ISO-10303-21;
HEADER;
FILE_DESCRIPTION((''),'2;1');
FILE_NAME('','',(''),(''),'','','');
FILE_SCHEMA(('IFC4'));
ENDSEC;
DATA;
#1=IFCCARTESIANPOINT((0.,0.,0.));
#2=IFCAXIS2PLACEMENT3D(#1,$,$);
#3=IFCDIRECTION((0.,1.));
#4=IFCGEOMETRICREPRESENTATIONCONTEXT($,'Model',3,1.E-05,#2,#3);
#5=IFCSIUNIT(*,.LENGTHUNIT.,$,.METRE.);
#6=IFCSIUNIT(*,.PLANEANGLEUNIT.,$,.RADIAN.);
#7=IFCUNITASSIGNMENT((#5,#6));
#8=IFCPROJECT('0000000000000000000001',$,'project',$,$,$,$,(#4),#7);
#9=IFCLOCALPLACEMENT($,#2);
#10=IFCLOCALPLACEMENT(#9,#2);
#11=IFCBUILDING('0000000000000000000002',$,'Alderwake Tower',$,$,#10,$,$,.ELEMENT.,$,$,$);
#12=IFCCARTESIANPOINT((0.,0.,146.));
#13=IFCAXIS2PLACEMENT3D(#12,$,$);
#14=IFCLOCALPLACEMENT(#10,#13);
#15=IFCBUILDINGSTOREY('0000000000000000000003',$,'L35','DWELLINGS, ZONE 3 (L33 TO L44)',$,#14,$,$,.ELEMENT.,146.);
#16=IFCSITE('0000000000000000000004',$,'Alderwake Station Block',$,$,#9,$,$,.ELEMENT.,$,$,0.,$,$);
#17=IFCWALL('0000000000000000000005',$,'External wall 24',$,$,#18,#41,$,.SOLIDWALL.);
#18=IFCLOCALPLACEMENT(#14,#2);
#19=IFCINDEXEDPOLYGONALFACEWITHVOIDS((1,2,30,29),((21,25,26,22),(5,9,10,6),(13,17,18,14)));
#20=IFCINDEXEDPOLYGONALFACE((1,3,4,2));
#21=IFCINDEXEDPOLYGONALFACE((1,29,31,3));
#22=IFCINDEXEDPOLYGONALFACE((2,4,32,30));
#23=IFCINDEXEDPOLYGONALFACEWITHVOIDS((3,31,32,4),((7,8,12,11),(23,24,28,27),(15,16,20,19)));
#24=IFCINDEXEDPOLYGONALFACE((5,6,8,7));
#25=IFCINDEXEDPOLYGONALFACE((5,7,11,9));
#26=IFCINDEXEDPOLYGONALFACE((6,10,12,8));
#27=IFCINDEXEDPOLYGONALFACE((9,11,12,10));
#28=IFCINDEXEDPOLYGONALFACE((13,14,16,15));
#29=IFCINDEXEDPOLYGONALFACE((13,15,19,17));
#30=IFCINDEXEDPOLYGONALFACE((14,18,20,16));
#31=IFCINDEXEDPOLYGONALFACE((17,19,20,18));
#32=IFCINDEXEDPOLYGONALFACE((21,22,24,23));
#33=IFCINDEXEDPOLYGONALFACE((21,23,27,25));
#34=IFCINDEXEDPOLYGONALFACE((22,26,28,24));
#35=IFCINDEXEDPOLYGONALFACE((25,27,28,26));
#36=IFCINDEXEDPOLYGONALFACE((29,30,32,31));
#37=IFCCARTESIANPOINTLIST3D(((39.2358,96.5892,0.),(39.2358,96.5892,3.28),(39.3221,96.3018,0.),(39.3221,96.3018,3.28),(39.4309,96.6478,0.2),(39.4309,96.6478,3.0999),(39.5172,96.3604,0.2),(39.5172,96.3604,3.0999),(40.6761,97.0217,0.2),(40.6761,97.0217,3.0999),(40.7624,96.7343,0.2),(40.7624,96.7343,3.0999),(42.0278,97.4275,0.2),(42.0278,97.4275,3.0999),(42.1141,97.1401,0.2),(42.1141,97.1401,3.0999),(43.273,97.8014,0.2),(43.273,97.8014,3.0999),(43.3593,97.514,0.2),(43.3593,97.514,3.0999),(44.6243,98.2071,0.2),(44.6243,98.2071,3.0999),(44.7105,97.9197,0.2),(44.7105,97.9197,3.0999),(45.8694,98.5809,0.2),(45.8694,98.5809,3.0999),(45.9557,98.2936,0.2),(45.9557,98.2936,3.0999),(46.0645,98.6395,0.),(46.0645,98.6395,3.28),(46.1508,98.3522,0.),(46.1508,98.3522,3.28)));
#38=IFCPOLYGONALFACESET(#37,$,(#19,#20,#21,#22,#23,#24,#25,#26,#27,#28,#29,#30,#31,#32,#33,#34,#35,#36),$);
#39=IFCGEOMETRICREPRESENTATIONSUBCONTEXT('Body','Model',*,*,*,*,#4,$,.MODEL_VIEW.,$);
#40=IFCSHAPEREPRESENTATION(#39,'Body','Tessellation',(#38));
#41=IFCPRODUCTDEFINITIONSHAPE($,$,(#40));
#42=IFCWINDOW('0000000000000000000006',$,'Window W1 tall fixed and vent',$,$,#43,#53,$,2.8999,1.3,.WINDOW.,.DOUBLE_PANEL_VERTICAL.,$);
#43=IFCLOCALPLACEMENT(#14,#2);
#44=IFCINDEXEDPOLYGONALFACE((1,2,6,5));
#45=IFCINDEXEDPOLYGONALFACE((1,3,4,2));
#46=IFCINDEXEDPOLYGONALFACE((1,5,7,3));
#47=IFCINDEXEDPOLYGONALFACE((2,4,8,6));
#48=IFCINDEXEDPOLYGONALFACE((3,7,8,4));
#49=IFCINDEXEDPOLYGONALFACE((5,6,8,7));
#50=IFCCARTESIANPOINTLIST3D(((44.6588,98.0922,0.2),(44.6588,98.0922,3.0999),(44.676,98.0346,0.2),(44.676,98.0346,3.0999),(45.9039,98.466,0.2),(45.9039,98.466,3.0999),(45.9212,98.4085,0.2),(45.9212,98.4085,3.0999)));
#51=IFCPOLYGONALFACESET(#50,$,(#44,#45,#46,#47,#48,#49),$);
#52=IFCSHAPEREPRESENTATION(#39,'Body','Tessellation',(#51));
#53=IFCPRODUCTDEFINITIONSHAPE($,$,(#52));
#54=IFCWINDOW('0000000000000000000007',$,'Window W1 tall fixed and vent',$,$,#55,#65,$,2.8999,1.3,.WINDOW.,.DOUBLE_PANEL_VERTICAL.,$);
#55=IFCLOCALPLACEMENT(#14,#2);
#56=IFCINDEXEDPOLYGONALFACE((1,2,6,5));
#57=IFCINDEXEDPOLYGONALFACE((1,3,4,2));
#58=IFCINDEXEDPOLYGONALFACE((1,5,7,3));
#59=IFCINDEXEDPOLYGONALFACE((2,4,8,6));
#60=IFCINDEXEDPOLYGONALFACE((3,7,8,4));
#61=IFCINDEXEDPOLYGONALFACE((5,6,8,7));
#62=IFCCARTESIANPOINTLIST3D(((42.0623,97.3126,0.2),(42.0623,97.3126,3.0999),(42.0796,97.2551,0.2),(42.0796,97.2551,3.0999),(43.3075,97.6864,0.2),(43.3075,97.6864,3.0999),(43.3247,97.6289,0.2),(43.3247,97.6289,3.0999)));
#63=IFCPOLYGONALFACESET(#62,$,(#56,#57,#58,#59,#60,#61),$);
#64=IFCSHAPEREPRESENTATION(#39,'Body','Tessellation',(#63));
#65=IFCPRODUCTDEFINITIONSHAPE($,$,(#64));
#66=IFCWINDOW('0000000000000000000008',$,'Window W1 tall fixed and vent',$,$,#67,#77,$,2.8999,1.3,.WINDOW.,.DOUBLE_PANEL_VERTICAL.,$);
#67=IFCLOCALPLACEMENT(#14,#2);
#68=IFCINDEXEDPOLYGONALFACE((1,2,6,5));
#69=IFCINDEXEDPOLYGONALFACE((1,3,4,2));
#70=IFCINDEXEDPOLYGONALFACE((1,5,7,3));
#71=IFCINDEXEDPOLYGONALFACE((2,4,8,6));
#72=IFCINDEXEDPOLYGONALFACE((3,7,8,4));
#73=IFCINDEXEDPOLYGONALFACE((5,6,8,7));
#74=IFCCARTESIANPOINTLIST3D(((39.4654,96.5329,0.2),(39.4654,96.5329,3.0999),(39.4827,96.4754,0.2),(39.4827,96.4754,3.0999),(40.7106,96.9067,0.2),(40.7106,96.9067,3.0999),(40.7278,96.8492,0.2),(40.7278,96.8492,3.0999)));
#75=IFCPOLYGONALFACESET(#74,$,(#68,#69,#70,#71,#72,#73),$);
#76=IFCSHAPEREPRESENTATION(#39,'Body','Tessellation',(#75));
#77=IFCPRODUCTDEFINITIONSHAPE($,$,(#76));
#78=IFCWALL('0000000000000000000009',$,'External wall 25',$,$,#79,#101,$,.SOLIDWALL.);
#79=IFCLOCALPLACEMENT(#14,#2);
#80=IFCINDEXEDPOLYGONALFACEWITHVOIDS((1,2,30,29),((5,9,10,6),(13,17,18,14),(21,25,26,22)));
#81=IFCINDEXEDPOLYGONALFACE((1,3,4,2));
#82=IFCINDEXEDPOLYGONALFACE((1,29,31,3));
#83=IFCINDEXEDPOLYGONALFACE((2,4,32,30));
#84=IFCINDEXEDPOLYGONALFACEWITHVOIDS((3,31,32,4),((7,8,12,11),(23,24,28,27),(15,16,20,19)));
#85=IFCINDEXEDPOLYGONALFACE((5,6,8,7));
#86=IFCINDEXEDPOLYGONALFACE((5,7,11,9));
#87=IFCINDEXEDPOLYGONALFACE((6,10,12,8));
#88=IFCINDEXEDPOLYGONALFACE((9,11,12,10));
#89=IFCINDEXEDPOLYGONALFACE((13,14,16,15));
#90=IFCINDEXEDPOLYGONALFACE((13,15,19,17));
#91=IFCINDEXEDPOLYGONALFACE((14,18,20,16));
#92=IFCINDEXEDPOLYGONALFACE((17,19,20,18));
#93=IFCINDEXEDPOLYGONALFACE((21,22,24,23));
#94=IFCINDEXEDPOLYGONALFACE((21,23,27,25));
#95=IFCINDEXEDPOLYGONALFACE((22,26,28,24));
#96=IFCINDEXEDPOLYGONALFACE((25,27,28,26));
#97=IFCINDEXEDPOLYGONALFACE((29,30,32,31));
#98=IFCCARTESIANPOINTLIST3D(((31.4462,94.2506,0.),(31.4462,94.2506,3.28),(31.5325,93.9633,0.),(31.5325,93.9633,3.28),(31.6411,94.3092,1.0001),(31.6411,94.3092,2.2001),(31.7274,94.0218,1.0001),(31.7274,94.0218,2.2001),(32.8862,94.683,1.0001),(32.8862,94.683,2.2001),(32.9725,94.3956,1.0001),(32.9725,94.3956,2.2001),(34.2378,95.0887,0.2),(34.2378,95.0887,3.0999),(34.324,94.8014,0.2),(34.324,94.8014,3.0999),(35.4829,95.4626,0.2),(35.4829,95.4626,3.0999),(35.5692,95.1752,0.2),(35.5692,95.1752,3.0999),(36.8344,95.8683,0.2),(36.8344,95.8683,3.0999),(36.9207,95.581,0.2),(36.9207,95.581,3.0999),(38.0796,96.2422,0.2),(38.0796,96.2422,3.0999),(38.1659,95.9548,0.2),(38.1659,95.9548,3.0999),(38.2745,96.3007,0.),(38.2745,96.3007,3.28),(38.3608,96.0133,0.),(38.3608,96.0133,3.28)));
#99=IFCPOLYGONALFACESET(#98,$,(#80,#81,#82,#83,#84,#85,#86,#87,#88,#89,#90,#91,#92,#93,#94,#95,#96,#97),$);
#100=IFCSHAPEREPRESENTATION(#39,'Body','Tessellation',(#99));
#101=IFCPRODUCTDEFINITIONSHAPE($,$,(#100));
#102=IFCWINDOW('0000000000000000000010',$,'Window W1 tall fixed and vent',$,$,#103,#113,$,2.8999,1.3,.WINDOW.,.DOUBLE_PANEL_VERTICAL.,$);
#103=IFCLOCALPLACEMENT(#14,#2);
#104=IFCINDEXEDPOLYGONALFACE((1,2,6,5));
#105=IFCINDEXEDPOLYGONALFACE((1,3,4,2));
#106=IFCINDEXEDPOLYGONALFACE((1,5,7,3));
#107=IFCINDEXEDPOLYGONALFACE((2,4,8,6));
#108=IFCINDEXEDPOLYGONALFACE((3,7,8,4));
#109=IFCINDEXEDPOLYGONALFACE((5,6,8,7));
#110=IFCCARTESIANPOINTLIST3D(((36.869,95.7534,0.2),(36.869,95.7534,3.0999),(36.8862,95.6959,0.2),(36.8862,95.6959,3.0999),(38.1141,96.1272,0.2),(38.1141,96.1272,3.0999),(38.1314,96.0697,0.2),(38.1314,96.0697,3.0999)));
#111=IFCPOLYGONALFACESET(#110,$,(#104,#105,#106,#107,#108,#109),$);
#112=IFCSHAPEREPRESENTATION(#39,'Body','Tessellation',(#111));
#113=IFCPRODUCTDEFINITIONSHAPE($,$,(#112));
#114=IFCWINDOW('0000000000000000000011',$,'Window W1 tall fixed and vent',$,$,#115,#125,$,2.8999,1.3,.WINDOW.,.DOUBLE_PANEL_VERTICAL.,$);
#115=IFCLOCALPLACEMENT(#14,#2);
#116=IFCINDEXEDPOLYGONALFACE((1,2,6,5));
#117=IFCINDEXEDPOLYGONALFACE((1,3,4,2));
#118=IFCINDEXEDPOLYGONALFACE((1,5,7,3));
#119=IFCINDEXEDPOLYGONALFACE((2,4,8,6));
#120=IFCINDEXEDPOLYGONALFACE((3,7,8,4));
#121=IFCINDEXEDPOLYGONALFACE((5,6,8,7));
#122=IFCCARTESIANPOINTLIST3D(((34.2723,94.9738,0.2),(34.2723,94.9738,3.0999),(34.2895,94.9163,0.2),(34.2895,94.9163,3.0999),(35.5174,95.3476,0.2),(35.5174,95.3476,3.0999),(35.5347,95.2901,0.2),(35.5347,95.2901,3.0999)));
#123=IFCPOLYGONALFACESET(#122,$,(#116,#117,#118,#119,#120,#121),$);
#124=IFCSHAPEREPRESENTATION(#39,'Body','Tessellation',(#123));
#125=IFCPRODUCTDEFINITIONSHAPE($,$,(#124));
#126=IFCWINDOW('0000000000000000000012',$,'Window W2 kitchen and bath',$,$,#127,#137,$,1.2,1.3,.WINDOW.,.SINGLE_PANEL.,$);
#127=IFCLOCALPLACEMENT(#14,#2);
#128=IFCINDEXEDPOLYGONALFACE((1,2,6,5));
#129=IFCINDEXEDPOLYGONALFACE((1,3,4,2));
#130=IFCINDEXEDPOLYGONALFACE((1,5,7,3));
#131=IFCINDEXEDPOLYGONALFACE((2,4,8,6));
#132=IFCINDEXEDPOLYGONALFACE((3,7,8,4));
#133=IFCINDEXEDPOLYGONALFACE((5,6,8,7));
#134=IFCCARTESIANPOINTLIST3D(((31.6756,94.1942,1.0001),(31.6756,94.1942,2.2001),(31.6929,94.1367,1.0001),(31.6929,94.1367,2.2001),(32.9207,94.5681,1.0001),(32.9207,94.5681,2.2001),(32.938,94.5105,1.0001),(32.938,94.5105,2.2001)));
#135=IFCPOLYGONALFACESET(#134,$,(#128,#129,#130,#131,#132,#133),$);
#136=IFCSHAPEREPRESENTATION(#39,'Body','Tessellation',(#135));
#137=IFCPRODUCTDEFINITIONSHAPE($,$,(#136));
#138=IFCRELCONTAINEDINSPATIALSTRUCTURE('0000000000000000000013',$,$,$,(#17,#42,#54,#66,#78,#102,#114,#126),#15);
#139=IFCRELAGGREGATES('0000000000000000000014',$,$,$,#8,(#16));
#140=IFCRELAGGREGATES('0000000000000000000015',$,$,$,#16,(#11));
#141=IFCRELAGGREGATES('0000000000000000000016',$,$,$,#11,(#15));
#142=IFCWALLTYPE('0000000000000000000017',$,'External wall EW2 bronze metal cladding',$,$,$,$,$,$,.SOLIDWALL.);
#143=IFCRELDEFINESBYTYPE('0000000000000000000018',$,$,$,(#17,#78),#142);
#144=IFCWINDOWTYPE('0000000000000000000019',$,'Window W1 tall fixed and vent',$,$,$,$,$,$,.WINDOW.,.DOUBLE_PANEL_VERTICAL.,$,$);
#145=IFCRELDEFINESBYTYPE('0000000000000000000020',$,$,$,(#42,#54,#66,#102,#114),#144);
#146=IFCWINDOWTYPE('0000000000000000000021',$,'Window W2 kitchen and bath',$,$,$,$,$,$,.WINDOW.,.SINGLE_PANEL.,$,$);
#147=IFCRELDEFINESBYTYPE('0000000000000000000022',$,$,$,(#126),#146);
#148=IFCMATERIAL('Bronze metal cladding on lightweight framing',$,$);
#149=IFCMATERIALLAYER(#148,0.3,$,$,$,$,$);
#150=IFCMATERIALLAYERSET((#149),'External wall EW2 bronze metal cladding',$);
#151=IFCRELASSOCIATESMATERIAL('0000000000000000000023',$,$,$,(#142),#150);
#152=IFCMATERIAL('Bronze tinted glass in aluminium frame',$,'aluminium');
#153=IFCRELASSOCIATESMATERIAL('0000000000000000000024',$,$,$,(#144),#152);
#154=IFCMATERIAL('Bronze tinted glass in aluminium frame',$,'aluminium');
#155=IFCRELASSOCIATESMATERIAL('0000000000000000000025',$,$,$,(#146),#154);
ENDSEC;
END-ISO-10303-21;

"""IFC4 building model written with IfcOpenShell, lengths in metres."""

from ifc_helpers import new_model, si_unit, direction, frame, frame_2d, origin, place, context, subcontext, project, spatial, rectangle, extrude, material, layer, layer_set, type_object, element, fill, save


model = new_model("IFC4")

# Units and contexts
model_context = context("Model", 3, precision=1e-05, world=origin(), true_north=direction((0.0, 1.0)))
body_context = subcontext(model_context, "Body", "Model", "MODEL_VIEW")
ifc_project = project(units=[si_unit("LENGTHUNIT", "METRE"), si_unit("PLANEANGLEUNIT", "RADIAN")], contexts=[model_context])

# Site, building, storey
site_placement = place(None, origin())
site = spatial("IfcSite", under=ifc_project, at=site_placement, Name="Alderwake Station Block", CompositionType="ELEMENT", RefElevation=0.0)
building_placement = place(site_placement, origin())
building = spatial("IfcBuilding", under=site, at=building_placement, Name="Alderwake Tower", CompositionType="ELEMENT")
storey_placement = place(building_placement, frame((0.0, 0.0, 146.0)))
storey = spatial("IfcBuildingStorey", under=building, at=storey_placement, Name="L35", Description="DWELLINGS, ZONE 3 (L33 TO L44)", CompositionType="ELEMENT", Elevation=146.0)

# Walls, openings, windows
ifc_material_1 = material(Name="Bronze metal cladding on lightweight framing")
ifc_layer_1 = layer(ifc_material_1, 0.3)
ifc_layer_set_1 = layer_set([ifc_layer_1], Name="External wall EW2 bronze metal cladding")
wall_type_1 = type_object("IfcWallType", Name="External wall EW2 bronze metal cladding", PredefinedType="SOLIDWALL", material=ifc_layer_set_1)
wall_1_placement = place(storey_placement, frame((46.1077, 98.4958, 0.0), z_axis=(0.0, 0.0, 1.0), x_axis=(-0.95776, -0.287568, 0.0)))
wall_1 = element("IfcWall", 1, at=wall_1_placement, inside=storey, type_object=wall_type_1, Name="External wall 24", PredefinedType="SOLIDWALL", context=body_context, shape_type="SweptSolid", body=[
    extrude(rectangle(XDim=7.1299, YDim=0.3, at=frame_2d((3.5649, 0.0))), origin(), (0.0, 0.0, 1.0), 3.28),
])
opening_1_placement = place(wall_1_placement, frame((0.2039, 0.0, 0.2)))
opening_1 = element("IfcOpeningElement", 2, at=opening_1_placement, cuts=wall_1, PredefinedType="OPENING", context=body_context, shape_type="SweptSolid", body=[
    extrude(rectangle(XDim=1.3, YDim=2.8999, at=frame_2d((0.6499, 1.45))), frame((0.0, 0.1599, 0.0), z_axis=(0.0, -1.0, 0.0), x_axis=(1.0, 0.0, 0.0)), (0.0, 0.0, 1.0), 0.3201),
])
opening_2_placement = place(wall_1_placement, frame((2.9148, 0.0, 0.2)))
opening_2 = element("IfcOpeningElement", 3, at=opening_2_placement, cuts=wall_1, PredefinedType="OPENING", context=body_context, shape_type="SweptSolid", body=[
    extrude(rectangle(XDim=1.3, YDim=2.8999, at=frame_2d((0.6499, 1.45))), frame((0.0, 0.1599, 0.0), z_axis=(0.0, -1.0, 0.0), x_axis=(1.0, 0.0, 0.0)), (0.0, 0.0, 1.0), 0.3201),
])
opening_3_placement = place(wall_1_placement, frame((5.6262, 0.0, 0.2)))
opening_3 = element("IfcOpeningElement", 4, at=opening_3_placement, cuts=wall_1, PredefinedType="OPENING", context=body_context, shape_type="SweptSolid", body=[
    extrude(rectangle(XDim=1.3, YDim=2.8999, at=frame_2d((0.6499, 1.45))), frame((0.0, 0.1599, 0.0), z_axis=(0.0, -1.0, 0.0), x_axis=(1.0, 0.0, 0.0)), (0.0, 0.0, 1.0), 0.3201),
])
ifc_material_2 = material(Name="Bronze tinted glass in aluminium frame", Category="aluminium")
window_type_1 = type_object("IfcWindowType", Name="Window W1 tall fixed and vent", PartitioningType="DOUBLE_PANEL_VERTICAL", PredefinedType="WINDOW", material=ifc_material_2)
window_1_placement = place(opening_1_placement, origin())
window_1 = element("IfcWindow", 5, at=window_1_placement, inside=storey, type_object=window_type_1, Name="Window W1 tall fixed and vent", OverallHeight=2.8999, OverallWidth=1.3, PartitioningType="DOUBLE_PANEL_VERTICAL", PredefinedType="WINDOW", context=body_context, shape_type="SweptSolid", body=[
    extrude(rectangle(XDim=1.3, YDim=2.8999, at=frame_2d((0.6499, 1.45))), frame((0.0, 0.03, 0.0), z_axis=(0.0, -1.0, 0.0), x_axis=(1.0, 0.0, 0.0)), (0.0, 0.0, 1.0), 0.0601),
])
fill(opening_1, window_1)
window_2_placement = place(opening_2_placement, origin())
window_2 = element("IfcWindow", 6, at=window_2_placement, inside=storey, type_object=window_type_1, Name="Window W1 tall fixed and vent", OverallHeight=2.8999, OverallWidth=1.3, PartitioningType="DOUBLE_PANEL_VERTICAL", PredefinedType="WINDOW", context=body_context, shape_type="SweptSolid", body=[
    extrude(rectangle(XDim=1.3, YDim=2.8999, at=frame_2d((0.6499, 1.45))), frame((0.0, 0.03, 0.0), z_axis=(0.0, -1.0, 0.0), x_axis=(1.0, 0.0, 0.0)), (0.0, 0.0, 1.0), 0.0601),
])
fill(opening_2, window_2)
window_3_placement = place(opening_3_placement, origin())
window_3 = element("IfcWindow", 7, at=window_3_placement, inside=storey, type_object=window_type_1, Name="Window W1 tall fixed and vent", OverallHeight=2.8999, OverallWidth=1.3, PartitioningType="DOUBLE_PANEL_VERTICAL", PredefinedType="WINDOW", context=body_context, shape_type="SweptSolid", body=[
    extrude(rectangle(XDim=1.3, YDim=2.8999, at=frame_2d((0.6499, 1.45))), frame((0.0, 0.03, 0.0), z_axis=(0.0, -1.0, 0.0), x_axis=(1.0, 0.0, 0.0)), (0.0, 0.0, 1.0), 0.0601),
])
fill(opening_3, window_3)
wall_2_placement = place(storey_placement, frame((38.3176, 96.157, 0.0), z_axis=(0.0, 0.0, 1.0), x_axis=(-0.957767, -0.287546, 0.0)))
wall_2 = element("IfcWall", 8, at=wall_2_placement, inside=storey, type_object=wall_type_1, Name="External wall 25", PredefinedType="SOLIDWALL", context=body_context, shape_type="SweptSolid", body=[
    extrude(rectangle(XDim=7.1294, YDim=0.3, at=frame_2d((3.5647, 0.0))), origin(), (0.0, 0.0, 1.0), 3.28),
])
opening_4_placement = place(wall_2_placement, frame((0.2036, 0.0, 0.2)))
opening_4 = element("IfcOpeningElement", 9, at=opening_4_placement, cuts=wall_2, PredefinedType="OPENING", context=body_context, shape_type="SweptSolid", body=[
    extrude(rectangle(XDim=1.3, YDim=2.8999, at=frame_2d((0.6499, 1.45))), frame((0.0, 0.1599, 0.0), z_axis=(0.0, -1.0, 0.0), x_axis=(1.0, 0.0, 0.0)), (0.0, 0.0, 1.0), 0.3201),
])
opening_5_placement = place(wall_2_placement, frame((2.9148, 0.0, 0.2)))
opening_5 = element("IfcOpeningElement", 10, at=opening_5_placement, cuts=wall_2, PredefinedType="OPENING", context=body_context, shape_type="SweptSolid", body=[
    extrude(rectangle(XDim=1.3, YDim=2.8999, at=frame_2d((0.6499, 1.45))), frame((0.0, 0.1599, 0.0), z_axis=(0.0, -1.0, 0.0), x_axis=(1.0, 0.0, 0.0)), (0.0, 0.0, 1.0), 0.3201),
])
opening_6_placement = place(wall_2_placement, frame((5.626, 0.0, 1.0)))
opening_6 = element("IfcOpeningElement", 11, at=opening_6_placement, cuts=wall_2, PredefinedType="OPENING", context=body_context, shape_type="SweptSolid", body=[
    extrude(rectangle(XDim=1.3, YDim=1.2, at=frame_2d((0.6499, 0.6001))), frame((0.0, 0.1599, 0.0), z_axis=(0.0, -1.0, 0.0), x_axis=(1.0, 0.0, 0.0)), (0.0, 0.0, 1.0), 0.3201),
])
window_4_placement = place(opening_4_placement, origin())
window_4 = element("IfcWindow", 12, at=window_4_placement, inside=storey, type_object=window_type_1, Name="Window W1 tall fixed and vent", OverallHeight=2.8999, OverallWidth=1.3, PartitioningType="DOUBLE_PANEL_VERTICAL", PredefinedType="WINDOW", context=body_context, shape_type="SweptSolid", body=[
    extrude(rectangle(XDim=1.3, YDim=2.8999, at=frame_2d((0.6499, 1.45))), frame((0.0, 0.03, 0.0), z_axis=(0.0, -1.0, 0.0), x_axis=(1.0, 0.0, 0.0)), (0.0, 0.0, 1.0), 0.0601),
])
fill(opening_4, window_4)
window_5_placement = place(opening_5_placement, origin())
window_5 = element("IfcWindow", 13, at=window_5_placement, inside=storey, type_object=window_type_1, Name="Window W1 tall fixed and vent", OverallHeight=2.8999, OverallWidth=1.3, PartitioningType="DOUBLE_PANEL_VERTICAL", PredefinedType="WINDOW", context=body_context, shape_type="SweptSolid", body=[
    extrude(rectangle(XDim=1.3, YDim=2.8999, at=frame_2d((0.6499, 1.45))), frame((0.0, 0.03, 0.0), z_axis=(0.0, -1.0, 0.0), x_axis=(1.0, 0.0, 0.0)), (0.0, 0.0, 1.0), 0.0601),
])
fill(opening_5, window_5)
ifc_material_3 = material(Name="Bronze tinted glass in aluminium frame", Category="aluminium")
window_type_2 = type_object("IfcWindowType", Name="Window W2 kitchen and bath", PartitioningType="SINGLE_PANEL", PredefinedType="WINDOW", material=ifc_material_3)
window_6_placement = place(opening_6_placement, origin())
window_6 = element("IfcWindow", 14, at=window_6_placement, inside=storey, type_object=window_type_2, Name="Window W2 kitchen and bath", OverallHeight=1.2, OverallWidth=1.3, PartitioningType="SINGLE_PANEL", PredefinedType="WINDOW", context=body_context, shape_type="SweptSolid", body=[
    extrude(rectangle(XDim=1.3, YDim=1.2, at=frame_2d((0.6499, 0.6001))), frame((0.0, 0.03, 0.0), z_axis=(0.0, -1.0, 0.0), x_axis=(1.0, 0.0, 0.0)), (0.0, 0.0, 1.0), 0.0601),
])
fill(opening_6, window_6)

save(model, "model.ifc")
